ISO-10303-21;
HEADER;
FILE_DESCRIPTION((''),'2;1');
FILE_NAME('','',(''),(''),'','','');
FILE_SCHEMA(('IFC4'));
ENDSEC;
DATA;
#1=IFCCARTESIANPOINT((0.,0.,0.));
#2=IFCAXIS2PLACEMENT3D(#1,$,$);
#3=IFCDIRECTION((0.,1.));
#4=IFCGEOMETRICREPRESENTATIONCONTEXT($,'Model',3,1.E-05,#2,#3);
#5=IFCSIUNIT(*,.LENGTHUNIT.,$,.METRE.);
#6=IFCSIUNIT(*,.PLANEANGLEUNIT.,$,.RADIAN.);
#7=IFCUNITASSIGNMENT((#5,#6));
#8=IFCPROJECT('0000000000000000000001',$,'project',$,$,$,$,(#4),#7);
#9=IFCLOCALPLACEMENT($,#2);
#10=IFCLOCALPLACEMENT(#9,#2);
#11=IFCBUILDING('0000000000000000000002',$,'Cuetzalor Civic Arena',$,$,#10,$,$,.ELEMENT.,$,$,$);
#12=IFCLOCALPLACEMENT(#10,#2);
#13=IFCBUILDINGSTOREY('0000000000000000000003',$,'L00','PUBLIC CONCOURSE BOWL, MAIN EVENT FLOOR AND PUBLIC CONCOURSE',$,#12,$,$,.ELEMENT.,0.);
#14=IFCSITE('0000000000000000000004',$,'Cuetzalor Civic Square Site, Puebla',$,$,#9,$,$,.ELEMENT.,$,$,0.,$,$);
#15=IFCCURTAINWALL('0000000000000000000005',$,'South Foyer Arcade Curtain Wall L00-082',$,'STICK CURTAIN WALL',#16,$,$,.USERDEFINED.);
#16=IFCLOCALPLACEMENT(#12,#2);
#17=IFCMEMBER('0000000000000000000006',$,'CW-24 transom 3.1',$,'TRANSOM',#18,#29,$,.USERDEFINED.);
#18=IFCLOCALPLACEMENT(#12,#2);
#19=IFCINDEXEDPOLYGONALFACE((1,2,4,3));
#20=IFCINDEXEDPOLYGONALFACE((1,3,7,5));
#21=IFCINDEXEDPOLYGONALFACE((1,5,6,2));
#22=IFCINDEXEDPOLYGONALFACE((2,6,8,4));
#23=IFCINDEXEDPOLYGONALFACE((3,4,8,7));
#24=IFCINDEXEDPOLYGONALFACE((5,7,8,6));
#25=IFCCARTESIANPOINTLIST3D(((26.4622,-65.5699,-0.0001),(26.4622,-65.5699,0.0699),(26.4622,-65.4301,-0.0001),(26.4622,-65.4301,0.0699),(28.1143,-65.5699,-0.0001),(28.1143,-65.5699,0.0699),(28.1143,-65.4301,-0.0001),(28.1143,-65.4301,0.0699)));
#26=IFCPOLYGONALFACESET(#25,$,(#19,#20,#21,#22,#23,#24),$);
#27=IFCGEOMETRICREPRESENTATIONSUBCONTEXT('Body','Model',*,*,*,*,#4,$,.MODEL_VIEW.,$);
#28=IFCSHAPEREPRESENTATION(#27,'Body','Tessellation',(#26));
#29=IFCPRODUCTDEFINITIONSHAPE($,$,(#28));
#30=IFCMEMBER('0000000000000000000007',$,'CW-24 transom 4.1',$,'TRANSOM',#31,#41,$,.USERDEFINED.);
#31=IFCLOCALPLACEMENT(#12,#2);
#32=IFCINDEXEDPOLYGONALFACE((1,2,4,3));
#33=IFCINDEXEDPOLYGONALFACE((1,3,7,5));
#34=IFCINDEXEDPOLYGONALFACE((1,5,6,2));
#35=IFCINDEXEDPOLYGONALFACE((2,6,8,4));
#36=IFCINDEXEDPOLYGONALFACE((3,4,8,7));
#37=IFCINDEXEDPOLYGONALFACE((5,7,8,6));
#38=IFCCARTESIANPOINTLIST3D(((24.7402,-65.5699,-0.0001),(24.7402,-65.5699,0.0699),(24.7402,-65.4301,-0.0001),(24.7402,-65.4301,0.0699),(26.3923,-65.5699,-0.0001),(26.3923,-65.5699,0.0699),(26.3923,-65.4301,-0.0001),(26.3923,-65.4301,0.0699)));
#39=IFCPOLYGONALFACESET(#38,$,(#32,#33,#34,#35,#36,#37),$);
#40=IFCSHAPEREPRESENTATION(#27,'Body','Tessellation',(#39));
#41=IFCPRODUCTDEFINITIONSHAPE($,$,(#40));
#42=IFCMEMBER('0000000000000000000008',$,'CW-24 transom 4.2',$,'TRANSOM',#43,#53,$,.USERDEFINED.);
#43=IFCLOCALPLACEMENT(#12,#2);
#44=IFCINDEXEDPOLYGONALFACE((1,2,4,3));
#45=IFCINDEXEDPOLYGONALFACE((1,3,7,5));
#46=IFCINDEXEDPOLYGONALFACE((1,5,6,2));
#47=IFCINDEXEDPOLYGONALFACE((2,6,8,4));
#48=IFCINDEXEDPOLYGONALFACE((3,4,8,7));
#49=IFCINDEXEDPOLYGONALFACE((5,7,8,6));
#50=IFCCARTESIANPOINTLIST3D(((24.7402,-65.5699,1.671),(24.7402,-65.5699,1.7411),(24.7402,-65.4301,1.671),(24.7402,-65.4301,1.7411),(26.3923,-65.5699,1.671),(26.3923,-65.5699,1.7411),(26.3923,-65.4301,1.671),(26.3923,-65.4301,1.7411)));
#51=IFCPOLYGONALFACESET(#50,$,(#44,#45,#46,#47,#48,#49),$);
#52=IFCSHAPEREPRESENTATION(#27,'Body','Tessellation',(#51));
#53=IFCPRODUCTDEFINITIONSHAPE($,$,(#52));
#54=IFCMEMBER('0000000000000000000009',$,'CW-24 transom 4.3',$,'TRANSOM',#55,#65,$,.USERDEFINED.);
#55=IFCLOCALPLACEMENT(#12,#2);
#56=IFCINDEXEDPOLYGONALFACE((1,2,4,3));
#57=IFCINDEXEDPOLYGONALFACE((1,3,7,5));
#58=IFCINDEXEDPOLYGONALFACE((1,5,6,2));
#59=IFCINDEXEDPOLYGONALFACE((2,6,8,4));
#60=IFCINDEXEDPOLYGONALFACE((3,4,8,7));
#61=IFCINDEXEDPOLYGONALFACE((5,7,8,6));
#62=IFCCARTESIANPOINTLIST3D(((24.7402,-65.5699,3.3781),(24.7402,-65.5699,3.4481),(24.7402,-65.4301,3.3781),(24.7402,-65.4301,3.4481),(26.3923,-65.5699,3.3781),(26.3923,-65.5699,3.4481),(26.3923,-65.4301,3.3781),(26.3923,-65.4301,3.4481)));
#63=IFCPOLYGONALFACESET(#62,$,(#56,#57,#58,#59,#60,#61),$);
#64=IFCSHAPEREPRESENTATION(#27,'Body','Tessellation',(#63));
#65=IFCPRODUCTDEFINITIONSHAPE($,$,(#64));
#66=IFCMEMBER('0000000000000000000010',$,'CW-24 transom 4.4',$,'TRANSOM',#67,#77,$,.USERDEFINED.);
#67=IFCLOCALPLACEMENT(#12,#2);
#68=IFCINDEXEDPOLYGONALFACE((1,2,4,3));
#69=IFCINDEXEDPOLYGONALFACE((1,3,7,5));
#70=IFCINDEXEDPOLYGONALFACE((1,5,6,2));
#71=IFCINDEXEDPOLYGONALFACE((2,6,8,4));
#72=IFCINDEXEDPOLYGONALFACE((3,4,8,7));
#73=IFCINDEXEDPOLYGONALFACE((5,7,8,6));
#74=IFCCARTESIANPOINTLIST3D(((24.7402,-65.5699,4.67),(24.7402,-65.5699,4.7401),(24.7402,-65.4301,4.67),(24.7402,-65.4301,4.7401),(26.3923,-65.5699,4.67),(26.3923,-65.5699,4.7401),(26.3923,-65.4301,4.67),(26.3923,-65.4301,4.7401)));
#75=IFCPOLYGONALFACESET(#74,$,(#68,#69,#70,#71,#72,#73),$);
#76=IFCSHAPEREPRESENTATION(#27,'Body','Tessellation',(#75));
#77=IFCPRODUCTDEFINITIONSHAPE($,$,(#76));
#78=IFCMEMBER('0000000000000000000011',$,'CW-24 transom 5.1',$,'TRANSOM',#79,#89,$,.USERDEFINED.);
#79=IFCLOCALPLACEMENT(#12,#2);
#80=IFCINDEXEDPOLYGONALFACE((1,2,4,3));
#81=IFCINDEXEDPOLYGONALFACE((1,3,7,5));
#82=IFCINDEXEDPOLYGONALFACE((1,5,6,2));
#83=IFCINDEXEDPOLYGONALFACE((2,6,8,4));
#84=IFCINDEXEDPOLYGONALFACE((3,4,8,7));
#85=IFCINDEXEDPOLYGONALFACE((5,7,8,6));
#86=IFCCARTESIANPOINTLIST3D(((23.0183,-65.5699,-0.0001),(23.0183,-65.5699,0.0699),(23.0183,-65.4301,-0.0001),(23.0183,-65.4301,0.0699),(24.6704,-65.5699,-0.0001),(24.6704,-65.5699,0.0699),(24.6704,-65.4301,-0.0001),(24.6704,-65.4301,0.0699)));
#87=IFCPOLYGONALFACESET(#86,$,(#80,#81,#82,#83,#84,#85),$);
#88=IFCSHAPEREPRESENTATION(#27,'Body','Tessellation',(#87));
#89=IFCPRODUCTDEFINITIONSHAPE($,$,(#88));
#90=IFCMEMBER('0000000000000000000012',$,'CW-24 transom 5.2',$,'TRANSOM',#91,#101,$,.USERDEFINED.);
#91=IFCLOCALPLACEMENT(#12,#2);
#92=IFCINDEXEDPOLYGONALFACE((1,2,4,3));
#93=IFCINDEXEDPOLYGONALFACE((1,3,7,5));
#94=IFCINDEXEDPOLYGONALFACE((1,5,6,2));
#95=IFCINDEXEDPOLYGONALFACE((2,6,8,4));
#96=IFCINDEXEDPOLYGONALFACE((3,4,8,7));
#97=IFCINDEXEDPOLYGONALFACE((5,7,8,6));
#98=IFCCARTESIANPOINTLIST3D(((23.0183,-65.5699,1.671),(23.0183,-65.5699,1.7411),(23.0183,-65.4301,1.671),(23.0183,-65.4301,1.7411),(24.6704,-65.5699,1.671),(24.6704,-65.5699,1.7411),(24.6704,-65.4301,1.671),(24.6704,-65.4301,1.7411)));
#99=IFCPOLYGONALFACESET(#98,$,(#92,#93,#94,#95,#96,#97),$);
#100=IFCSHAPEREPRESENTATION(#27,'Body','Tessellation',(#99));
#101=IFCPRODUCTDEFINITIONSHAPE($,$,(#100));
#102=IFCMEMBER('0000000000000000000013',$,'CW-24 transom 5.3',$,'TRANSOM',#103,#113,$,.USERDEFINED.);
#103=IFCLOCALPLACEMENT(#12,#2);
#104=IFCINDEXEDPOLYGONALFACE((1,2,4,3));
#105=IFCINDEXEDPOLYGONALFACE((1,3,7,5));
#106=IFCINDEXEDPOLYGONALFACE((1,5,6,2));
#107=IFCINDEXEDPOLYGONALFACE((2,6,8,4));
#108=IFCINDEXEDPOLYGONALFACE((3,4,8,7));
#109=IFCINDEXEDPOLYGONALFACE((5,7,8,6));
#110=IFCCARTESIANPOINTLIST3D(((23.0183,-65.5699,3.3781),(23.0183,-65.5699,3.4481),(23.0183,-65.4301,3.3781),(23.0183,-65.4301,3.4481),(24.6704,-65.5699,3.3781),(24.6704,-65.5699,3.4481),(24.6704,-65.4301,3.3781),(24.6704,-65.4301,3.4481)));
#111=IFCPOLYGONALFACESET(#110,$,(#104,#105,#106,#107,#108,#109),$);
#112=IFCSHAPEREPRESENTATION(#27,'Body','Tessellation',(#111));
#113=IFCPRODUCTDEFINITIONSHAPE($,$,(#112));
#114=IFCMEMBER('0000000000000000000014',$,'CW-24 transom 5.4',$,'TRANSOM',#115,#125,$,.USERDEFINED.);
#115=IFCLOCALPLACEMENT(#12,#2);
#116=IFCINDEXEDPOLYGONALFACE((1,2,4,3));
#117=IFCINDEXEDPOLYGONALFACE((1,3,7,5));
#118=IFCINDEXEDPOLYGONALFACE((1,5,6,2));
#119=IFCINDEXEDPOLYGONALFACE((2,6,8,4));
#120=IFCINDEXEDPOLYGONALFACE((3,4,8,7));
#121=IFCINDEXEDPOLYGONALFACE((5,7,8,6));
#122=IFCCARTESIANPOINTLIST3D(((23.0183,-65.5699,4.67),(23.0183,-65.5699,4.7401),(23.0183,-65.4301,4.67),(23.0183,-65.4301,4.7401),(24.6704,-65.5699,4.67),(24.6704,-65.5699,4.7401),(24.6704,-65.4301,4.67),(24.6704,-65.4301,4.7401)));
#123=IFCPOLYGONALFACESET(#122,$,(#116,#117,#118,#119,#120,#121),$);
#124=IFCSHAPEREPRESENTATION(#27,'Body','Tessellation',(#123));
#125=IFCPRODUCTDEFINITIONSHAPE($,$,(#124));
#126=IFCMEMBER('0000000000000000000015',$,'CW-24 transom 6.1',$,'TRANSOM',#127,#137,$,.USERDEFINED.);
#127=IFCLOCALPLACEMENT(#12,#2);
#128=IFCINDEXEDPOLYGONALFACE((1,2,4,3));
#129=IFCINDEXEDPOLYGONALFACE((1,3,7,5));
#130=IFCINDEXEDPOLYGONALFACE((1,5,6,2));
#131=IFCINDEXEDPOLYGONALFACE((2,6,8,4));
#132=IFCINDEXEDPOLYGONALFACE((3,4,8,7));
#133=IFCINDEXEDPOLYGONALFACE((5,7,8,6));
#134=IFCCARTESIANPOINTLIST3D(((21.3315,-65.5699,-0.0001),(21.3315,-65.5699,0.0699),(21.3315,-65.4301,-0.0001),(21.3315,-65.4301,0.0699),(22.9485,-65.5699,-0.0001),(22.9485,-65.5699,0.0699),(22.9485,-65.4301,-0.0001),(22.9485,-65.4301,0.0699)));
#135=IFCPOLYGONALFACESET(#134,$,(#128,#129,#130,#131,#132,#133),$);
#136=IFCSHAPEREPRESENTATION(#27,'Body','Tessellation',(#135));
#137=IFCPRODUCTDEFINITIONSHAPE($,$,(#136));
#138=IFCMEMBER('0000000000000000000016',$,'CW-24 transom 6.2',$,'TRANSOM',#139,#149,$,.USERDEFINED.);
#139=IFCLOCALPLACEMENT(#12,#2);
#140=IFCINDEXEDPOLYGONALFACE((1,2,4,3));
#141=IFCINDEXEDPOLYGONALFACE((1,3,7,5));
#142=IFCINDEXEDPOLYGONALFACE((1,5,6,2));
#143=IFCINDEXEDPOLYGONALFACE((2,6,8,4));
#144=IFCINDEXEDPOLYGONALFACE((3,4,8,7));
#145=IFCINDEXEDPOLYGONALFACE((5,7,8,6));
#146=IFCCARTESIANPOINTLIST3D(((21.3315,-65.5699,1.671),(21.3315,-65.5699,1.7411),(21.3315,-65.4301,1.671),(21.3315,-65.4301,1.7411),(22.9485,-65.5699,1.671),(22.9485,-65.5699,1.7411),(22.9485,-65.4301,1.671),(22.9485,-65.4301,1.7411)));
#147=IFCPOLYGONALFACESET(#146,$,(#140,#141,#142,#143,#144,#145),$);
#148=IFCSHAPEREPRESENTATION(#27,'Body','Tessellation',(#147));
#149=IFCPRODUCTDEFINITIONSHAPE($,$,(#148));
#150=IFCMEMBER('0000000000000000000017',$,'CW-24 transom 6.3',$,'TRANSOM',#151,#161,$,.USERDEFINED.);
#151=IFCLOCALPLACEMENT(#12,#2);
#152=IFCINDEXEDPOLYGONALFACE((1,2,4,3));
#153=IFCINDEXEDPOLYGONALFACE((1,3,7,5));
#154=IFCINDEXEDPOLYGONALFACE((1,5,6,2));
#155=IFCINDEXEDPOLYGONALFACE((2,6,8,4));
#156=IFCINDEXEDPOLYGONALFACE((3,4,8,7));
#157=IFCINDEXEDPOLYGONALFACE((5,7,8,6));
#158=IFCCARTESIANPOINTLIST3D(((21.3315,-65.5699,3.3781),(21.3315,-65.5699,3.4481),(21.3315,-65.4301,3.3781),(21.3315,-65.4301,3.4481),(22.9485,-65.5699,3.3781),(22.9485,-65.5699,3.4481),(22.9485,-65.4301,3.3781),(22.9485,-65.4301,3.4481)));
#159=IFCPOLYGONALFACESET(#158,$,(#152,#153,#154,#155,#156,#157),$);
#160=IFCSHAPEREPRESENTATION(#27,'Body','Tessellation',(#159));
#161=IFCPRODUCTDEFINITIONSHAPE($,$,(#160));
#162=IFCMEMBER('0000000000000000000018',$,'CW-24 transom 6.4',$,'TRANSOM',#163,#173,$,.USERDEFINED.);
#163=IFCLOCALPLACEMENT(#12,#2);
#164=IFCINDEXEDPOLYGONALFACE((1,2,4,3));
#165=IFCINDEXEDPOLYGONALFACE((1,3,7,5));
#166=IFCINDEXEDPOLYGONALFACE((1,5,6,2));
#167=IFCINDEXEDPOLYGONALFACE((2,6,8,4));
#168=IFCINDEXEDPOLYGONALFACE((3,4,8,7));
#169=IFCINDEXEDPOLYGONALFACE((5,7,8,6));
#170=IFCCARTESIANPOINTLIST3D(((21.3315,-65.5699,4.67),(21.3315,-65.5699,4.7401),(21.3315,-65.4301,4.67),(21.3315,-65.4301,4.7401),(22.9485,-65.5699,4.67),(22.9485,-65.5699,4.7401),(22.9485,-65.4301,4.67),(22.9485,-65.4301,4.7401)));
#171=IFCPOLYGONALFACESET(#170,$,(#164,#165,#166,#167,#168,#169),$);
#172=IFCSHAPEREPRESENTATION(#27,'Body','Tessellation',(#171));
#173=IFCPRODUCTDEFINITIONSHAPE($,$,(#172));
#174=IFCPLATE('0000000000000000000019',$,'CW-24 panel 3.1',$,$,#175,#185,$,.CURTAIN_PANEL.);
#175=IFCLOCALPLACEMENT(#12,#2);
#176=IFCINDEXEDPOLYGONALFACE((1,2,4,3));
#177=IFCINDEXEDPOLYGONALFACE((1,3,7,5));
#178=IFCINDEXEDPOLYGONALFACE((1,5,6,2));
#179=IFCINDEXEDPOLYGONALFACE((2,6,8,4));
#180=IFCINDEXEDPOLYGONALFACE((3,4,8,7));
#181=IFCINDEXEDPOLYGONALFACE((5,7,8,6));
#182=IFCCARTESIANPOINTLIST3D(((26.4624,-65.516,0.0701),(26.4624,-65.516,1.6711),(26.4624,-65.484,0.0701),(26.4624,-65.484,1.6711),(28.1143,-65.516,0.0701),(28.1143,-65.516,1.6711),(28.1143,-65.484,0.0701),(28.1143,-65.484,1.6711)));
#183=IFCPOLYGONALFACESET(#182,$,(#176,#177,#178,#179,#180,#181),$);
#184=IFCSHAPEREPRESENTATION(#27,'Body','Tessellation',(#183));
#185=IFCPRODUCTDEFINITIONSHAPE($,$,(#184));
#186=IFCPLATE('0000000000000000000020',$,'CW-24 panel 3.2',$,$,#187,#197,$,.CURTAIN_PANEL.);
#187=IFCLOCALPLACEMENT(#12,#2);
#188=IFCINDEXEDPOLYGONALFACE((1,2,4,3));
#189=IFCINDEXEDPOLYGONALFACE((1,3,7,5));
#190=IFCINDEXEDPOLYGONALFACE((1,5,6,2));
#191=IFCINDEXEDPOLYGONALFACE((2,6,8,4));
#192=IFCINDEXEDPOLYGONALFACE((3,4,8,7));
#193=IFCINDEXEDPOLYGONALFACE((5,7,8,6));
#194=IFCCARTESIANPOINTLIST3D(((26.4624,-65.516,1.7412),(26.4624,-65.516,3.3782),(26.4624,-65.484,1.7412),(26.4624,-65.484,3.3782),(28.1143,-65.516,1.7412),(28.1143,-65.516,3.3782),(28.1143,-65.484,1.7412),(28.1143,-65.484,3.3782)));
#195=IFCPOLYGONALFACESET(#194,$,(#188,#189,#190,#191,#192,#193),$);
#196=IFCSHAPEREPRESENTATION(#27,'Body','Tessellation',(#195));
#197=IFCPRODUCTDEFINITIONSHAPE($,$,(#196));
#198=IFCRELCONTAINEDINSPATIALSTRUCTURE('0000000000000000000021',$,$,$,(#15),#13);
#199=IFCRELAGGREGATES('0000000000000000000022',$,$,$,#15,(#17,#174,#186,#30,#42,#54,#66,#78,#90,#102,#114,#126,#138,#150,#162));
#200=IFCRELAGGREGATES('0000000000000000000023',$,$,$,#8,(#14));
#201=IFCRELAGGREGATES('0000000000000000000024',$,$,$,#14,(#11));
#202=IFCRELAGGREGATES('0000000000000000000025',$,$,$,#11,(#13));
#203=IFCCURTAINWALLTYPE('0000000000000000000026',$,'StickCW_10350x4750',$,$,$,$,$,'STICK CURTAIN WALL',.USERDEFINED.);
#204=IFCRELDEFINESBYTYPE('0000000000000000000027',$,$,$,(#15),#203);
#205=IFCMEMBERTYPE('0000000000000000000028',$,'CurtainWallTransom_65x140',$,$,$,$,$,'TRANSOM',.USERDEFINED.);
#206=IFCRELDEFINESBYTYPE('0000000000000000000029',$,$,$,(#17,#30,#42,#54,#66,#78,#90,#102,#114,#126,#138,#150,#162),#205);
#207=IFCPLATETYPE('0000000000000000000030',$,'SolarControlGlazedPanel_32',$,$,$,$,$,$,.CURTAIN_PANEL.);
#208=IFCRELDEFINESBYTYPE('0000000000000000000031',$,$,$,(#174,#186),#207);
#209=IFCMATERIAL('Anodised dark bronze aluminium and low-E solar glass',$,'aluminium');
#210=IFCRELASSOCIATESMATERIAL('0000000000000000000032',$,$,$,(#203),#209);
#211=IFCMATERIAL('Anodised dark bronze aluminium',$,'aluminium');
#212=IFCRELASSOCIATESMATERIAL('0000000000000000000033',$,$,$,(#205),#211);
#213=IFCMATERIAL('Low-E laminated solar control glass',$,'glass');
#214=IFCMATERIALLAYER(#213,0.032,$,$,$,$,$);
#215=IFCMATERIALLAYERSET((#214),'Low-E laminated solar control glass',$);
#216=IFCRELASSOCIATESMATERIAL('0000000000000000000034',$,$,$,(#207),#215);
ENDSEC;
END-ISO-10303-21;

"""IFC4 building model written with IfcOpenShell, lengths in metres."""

from ifc_helpers import new_model, si_unit, direction, frame, origin, origin_2d, place, context, subcontext, project, spatial, rectangle, extrude, material, layer, layer_set, material_profile, profile_set, type_object, element, aggregate, save


model = new_model("IFC4")

# Units and contexts
model_context = context("Model", 3, precision=1e-05, world=origin(), true_north=direction((0.0, 1.0)))
body_context = subcontext(model_context, "Body", "Model", "MODEL_VIEW")
ifc_project = project(units=[si_unit("LENGTHUNIT", "METRE"), si_unit("PLANEANGLEUNIT", "RADIAN")], contexts=[model_context])

# Site, building, storey
site_placement = place(None, origin())
site = spatial("IfcSite", under=ifc_project, at=site_placement, Name="Cuetzalor Civic Square Site, Puebla", CompositionType="ELEMENT", RefElevation=0.0)
building_placement = place(site_placement, origin())
building = spatial("IfcBuilding", under=site, at=building_placement, Name="Cuetzalor Civic Arena", CompositionType="ELEMENT")
storey_placement = place(building_placement, origin())
storey = spatial("IfcBuildingStorey", under=building, at=storey_placement, Name="L00", Description="PUBLIC CONCOURSE BOWL, MAIN EVENT FLOOR AND PUBLIC CONCOURSE", CompositionType="ELEMENT", Elevation=0.0)

# Curtain wall, members, plates
ifc_material_1 = material(Name="Anodised dark bronze aluminium and low-E solar glass", Category="aluminium")
curtain_wall_type = type_object("IfcCurtainWallType", Name="StickCW_10350x4750", ElementType="STICK CURTAIN WALL", PredefinedType="USERDEFINED", material=ifc_material_1)
curtain_wall_placement = place(storey_placement, origin())
curtain_wall = element("IfcCurtainWall", 1, at=curtain_wall_placement, inside=storey, type_object=curtain_wall_type, Name="South Foyer Arcade Curtain Wall L00-082", ObjectType="STICK CURTAIN WALL", PredefinedType="USERDEFINED")
ifc_material_2 = material(Name="Anodised dark bronze aluminium", Category="aluminium")
ifc_material_profile_1 = material_profile(ifc_material_2, rectangle(XDim=0.1399, YDim=0.0701, at=origin_2d()), Name="ALU TRANSOM 70x140")
ifc_profile_set_1 = profile_set([ifc_material_profile_1], Name="Anodised dark bronze aluminium")
member_type_1 = type_object("IfcMemberType", Name="CurtainWallTransom_65x140", ElementType="TRANSOM", PredefinedType="USERDEFINED", material=ifc_profile_set_1)
member_1_placement = place(storey_placement, frame((28.1143, -65.5, 0.0349), z_axis=(-1.0, 0.0, 0.0), x_axis=(0.0, -1.0, 0.0)))
member_1 = element("IfcMember", 2, at=member_1_placement, type_object=member_type_1, Name="CW-24 transom 3.1", ObjectType="TRANSOM", PredefinedType="USERDEFINED", context=body_context, shape_type="SweptSolid", body=[
    extrude(rectangle(XDim=0.1399, YDim=0.0701, at=origin_2d()), origin(), (0.0, 0.0, 1.0), 1.6521),
])
member_2_placement = place(storey_placement, frame((26.3923, -65.5, 0.0349), z_axis=(-1.0, 0.0, 0.0), x_axis=(0.0, -1.0, 0.0)))
member_2 = element("IfcMember", 3, at=member_2_placement, type_object=member_type_1, Name="CW-24 transom 4.1", ObjectType="TRANSOM", PredefinedType="USERDEFINED", context=body_context, shape_type="SweptSolid", body=[
    extrude(rectangle(XDim=0.1399, YDim=0.0701, at=origin_2d()), origin(), (0.0, 0.0, 1.0), 1.6521),
])
member_3_placement = place(storey_placement, frame((26.3923, -65.5, 1.7061), z_axis=(-1.0, 0.0, 0.0), x_axis=(0.0, -1.0, 0.0)))
member_3 = element("IfcMember", 4, at=member_3_placement, type_object=member_type_1, Name="CW-24 transom 4.2", ObjectType="TRANSOM", PredefinedType="USERDEFINED", context=body_context, shape_type="SweptSolid", body=[
    extrude(rectangle(XDim=0.1399, YDim=0.0701, at=origin_2d()), origin(), (0.0, 0.0, 1.0), 1.6521),
])
member_4_placement = place(storey_placement, frame((26.3923, -65.5, 3.4131), z_axis=(-1.0, 0.0, 0.0), x_axis=(0.0, -1.0, 0.0)))
member_4 = element("IfcMember", 5, at=member_4_placement, type_object=member_type_1, Name="CW-24 transom 4.3", ObjectType="TRANSOM", PredefinedType="USERDEFINED", context=body_context, shape_type="SweptSolid", body=[
    extrude(rectangle(XDim=0.1399, YDim=0.0701, at=origin_2d()), origin(), (0.0, 0.0, 1.0), 1.6521),
])
member_5_placement = place(storey_placement, frame((26.3923, -65.5, 4.7051), z_axis=(-1.0, 0.0, 0.0), x_axis=(0.0, -1.0, 0.0)))
member_5 = element("IfcMember", 6, at=member_5_placement, type_object=member_type_1, Name="CW-24 transom 4.4", ObjectType="TRANSOM", PredefinedType="USERDEFINED", context=body_context, shape_type="SweptSolid", body=[
    extrude(rectangle(XDim=0.1399, YDim=0.0701, at=origin_2d()), origin(), (0.0, 0.0, 1.0), 1.6521),
])
member_6_placement = place(storey_placement, frame((24.6704, -65.5, 0.0349), z_axis=(-1.0, 0.0, 0.0), x_axis=(0.0, -1.0, 0.0)))
member_6 = element("IfcMember", 7, at=member_6_placement, type_object=member_type_1, Name="CW-24 transom 5.1", ObjectType="TRANSOM", PredefinedType="USERDEFINED", context=body_context, shape_type="SweptSolid", body=[
    extrude(rectangle(XDim=0.1399, YDim=0.0701, at=origin_2d()), origin(), (0.0, 0.0, 1.0), 1.6521),
])
member_7_placement = place(storey_placement, frame((24.6704, -65.5, 1.7061), z_axis=(-1.0, 0.0, 0.0), x_axis=(0.0, -1.0, 0.0)))
member_7 = element("IfcMember", 8, at=member_7_placement, type_object=member_type_1, Name="CW-24 transom 5.2", ObjectType="TRANSOM", PredefinedType="USERDEFINED", context=body_context, shape_type="SweptSolid", body=[
    extrude(rectangle(XDim=0.1399, YDim=0.0701, at=origin_2d()), origin(), (0.0, 0.0, 1.0), 1.6521),
])
member_8_placement = place(storey_placement, frame((24.6704, -65.5, 3.4131), z_axis=(-1.0, 0.0, 0.0), x_axis=(0.0, -1.0, 0.0)))
member_8 = element("IfcMember", 9, at=member_8_placement, type_object=member_type_1, Name="CW-24 transom 5.3", ObjectType="TRANSOM", PredefinedType="USERDEFINED", context=body_context, shape_type="SweptSolid", body=[
    extrude(rectangle(XDim=0.1399, YDim=0.0701, at=origin_2d()), origin(), (0.0, 0.0, 1.0), 1.6521),
])
member_9_placement = place(storey_placement, frame((24.6704, -65.5, 4.7051), z_axis=(-1.0, 0.0, 0.0), x_axis=(0.0, -1.0, 0.0)))
member_9 = element("IfcMember", 10, at=member_9_placement, type_object=member_type_1, Name="CW-24 transom 5.4", ObjectType="TRANSOM", PredefinedType="USERDEFINED", context=body_context, shape_type="SweptSolid", body=[
    extrude(rectangle(XDim=0.1399, YDim=0.0701, at=origin_2d()), origin(), (0.0, 0.0, 1.0), 1.6521),
])
member_10_placement = place(storey_placement, frame((22.9485, -65.5, 0.0349), z_axis=(-1.0, 0.0, 0.0), x_axis=(0.0, -1.0, 0.0)))
member_10 = element("IfcMember", 11, at=member_10_placement, type_object=member_type_1, Name="CW-24 transom 6.1", ObjectType="TRANSOM", PredefinedType="USERDEFINED", context=body_context, shape_type="SweptSolid", body=[
    extrude(rectangle(XDim=0.1399, YDim=0.0701, at=origin_2d()), origin(), (0.0, 0.0, 1.0), 1.6169),
])
member_11_placement = place(storey_placement, frame((22.9485, -65.5, 1.7061), z_axis=(-1.0, 0.0, 0.0), x_axis=(0.0, -1.0, 0.0)))
member_11 = element("IfcMember", 12, at=member_11_placement, type_object=member_type_1, Name="CW-24 transom 6.2", ObjectType="TRANSOM", PredefinedType="USERDEFINED", context=body_context, shape_type="SweptSolid", body=[
    extrude(rectangle(XDim=0.1399, YDim=0.0701, at=origin_2d()), origin(), (0.0, 0.0, 1.0), 1.6169),
])
member_12_placement = place(storey_placement, frame((22.9485, -65.5, 3.4131), z_axis=(-1.0, 0.0, 0.0), x_axis=(0.0, -1.0, 0.0)))
member_12 = element("IfcMember", 13, at=member_12_placement, type_object=member_type_1, Name="CW-24 transom 6.3", ObjectType="TRANSOM", PredefinedType="USERDEFINED", context=body_context, shape_type="SweptSolid", body=[
    extrude(rectangle(XDim=0.1399, YDim=0.0701, at=origin_2d()), origin(), (0.0, 0.0, 1.0), 1.6169),
])
member_13_placement = place(storey_placement, frame((22.9485, -65.5, 4.7051), z_axis=(-1.0, 0.0, 0.0), x_axis=(0.0, -1.0, 0.0)))
member_13 = element("IfcMember", 14, at=member_13_placement, type_object=member_type_1, Name="CW-24 transom 6.4", ObjectType="TRANSOM", PredefinedType="USERDEFINED", context=body_context, shape_type="SweptSolid", body=[
    extrude(rectangle(XDim=0.1399, YDim=0.0701, at=origin_2d()), origin(), (0.0, 0.0, 1.0), 1.6169),
])
ifc_material_3 = material(Name="Low-E laminated solar control glass", Category="glass")
ifc_layer = layer(ifc_material_3, 0.032)
ifc_layer_set = layer_set([ifc_layer], Name="Low-E laminated solar control glass")
plate_type = type_object("IfcPlateType", Name="SolarControlGlazedPanel_32", PredefinedType="CURTAIN_PANEL", material=ifc_layer_set)
plate_1_placement = place(storey_placement, frame((27.2883, -65.5, 0.0701), z_axis=(0.0, 0.0, 1.0), x_axis=(-1.0, 0.0, 0.0)))
plate_1 = element("IfcPlate", 15, at=plate_1_placement, type_object=plate_type, Name="CW-24 panel 3.1", PredefinedType="CURTAIN_PANEL", context=body_context, shape_type="SweptSolid", body=[
    extrude(rectangle(XDim=1.6519, YDim=0.032, at=origin_2d()), origin(), (0.0, 0.0, 1.0), 1.6011),
])
plate_2_placement = place(storey_placement, frame((27.2883, -65.5, 1.7412), z_axis=(0.0, 0.0, 1.0), x_axis=(-1.0, 0.0, 0.0)))
plate_2 = element("IfcPlate", 16, at=plate_2_placement, type_object=plate_type, Name="CW-24 panel 3.2", PredefinedType="CURTAIN_PANEL", context=body_context, shape_type="SweptSolid", body=[
    extrude(rectangle(XDim=1.6519, YDim=0.032, at=origin_2d()), origin(), (0.0, 0.0, 1.0), 1.637),
])
aggregate(curtain_wall, [member_1, plate_1, plate_2, member_2, member_3, member_4, member_5, member_6, member_7, member_8, member_9, member_10, member_11, member_12, member_13])

save(model, "model.ifc")
